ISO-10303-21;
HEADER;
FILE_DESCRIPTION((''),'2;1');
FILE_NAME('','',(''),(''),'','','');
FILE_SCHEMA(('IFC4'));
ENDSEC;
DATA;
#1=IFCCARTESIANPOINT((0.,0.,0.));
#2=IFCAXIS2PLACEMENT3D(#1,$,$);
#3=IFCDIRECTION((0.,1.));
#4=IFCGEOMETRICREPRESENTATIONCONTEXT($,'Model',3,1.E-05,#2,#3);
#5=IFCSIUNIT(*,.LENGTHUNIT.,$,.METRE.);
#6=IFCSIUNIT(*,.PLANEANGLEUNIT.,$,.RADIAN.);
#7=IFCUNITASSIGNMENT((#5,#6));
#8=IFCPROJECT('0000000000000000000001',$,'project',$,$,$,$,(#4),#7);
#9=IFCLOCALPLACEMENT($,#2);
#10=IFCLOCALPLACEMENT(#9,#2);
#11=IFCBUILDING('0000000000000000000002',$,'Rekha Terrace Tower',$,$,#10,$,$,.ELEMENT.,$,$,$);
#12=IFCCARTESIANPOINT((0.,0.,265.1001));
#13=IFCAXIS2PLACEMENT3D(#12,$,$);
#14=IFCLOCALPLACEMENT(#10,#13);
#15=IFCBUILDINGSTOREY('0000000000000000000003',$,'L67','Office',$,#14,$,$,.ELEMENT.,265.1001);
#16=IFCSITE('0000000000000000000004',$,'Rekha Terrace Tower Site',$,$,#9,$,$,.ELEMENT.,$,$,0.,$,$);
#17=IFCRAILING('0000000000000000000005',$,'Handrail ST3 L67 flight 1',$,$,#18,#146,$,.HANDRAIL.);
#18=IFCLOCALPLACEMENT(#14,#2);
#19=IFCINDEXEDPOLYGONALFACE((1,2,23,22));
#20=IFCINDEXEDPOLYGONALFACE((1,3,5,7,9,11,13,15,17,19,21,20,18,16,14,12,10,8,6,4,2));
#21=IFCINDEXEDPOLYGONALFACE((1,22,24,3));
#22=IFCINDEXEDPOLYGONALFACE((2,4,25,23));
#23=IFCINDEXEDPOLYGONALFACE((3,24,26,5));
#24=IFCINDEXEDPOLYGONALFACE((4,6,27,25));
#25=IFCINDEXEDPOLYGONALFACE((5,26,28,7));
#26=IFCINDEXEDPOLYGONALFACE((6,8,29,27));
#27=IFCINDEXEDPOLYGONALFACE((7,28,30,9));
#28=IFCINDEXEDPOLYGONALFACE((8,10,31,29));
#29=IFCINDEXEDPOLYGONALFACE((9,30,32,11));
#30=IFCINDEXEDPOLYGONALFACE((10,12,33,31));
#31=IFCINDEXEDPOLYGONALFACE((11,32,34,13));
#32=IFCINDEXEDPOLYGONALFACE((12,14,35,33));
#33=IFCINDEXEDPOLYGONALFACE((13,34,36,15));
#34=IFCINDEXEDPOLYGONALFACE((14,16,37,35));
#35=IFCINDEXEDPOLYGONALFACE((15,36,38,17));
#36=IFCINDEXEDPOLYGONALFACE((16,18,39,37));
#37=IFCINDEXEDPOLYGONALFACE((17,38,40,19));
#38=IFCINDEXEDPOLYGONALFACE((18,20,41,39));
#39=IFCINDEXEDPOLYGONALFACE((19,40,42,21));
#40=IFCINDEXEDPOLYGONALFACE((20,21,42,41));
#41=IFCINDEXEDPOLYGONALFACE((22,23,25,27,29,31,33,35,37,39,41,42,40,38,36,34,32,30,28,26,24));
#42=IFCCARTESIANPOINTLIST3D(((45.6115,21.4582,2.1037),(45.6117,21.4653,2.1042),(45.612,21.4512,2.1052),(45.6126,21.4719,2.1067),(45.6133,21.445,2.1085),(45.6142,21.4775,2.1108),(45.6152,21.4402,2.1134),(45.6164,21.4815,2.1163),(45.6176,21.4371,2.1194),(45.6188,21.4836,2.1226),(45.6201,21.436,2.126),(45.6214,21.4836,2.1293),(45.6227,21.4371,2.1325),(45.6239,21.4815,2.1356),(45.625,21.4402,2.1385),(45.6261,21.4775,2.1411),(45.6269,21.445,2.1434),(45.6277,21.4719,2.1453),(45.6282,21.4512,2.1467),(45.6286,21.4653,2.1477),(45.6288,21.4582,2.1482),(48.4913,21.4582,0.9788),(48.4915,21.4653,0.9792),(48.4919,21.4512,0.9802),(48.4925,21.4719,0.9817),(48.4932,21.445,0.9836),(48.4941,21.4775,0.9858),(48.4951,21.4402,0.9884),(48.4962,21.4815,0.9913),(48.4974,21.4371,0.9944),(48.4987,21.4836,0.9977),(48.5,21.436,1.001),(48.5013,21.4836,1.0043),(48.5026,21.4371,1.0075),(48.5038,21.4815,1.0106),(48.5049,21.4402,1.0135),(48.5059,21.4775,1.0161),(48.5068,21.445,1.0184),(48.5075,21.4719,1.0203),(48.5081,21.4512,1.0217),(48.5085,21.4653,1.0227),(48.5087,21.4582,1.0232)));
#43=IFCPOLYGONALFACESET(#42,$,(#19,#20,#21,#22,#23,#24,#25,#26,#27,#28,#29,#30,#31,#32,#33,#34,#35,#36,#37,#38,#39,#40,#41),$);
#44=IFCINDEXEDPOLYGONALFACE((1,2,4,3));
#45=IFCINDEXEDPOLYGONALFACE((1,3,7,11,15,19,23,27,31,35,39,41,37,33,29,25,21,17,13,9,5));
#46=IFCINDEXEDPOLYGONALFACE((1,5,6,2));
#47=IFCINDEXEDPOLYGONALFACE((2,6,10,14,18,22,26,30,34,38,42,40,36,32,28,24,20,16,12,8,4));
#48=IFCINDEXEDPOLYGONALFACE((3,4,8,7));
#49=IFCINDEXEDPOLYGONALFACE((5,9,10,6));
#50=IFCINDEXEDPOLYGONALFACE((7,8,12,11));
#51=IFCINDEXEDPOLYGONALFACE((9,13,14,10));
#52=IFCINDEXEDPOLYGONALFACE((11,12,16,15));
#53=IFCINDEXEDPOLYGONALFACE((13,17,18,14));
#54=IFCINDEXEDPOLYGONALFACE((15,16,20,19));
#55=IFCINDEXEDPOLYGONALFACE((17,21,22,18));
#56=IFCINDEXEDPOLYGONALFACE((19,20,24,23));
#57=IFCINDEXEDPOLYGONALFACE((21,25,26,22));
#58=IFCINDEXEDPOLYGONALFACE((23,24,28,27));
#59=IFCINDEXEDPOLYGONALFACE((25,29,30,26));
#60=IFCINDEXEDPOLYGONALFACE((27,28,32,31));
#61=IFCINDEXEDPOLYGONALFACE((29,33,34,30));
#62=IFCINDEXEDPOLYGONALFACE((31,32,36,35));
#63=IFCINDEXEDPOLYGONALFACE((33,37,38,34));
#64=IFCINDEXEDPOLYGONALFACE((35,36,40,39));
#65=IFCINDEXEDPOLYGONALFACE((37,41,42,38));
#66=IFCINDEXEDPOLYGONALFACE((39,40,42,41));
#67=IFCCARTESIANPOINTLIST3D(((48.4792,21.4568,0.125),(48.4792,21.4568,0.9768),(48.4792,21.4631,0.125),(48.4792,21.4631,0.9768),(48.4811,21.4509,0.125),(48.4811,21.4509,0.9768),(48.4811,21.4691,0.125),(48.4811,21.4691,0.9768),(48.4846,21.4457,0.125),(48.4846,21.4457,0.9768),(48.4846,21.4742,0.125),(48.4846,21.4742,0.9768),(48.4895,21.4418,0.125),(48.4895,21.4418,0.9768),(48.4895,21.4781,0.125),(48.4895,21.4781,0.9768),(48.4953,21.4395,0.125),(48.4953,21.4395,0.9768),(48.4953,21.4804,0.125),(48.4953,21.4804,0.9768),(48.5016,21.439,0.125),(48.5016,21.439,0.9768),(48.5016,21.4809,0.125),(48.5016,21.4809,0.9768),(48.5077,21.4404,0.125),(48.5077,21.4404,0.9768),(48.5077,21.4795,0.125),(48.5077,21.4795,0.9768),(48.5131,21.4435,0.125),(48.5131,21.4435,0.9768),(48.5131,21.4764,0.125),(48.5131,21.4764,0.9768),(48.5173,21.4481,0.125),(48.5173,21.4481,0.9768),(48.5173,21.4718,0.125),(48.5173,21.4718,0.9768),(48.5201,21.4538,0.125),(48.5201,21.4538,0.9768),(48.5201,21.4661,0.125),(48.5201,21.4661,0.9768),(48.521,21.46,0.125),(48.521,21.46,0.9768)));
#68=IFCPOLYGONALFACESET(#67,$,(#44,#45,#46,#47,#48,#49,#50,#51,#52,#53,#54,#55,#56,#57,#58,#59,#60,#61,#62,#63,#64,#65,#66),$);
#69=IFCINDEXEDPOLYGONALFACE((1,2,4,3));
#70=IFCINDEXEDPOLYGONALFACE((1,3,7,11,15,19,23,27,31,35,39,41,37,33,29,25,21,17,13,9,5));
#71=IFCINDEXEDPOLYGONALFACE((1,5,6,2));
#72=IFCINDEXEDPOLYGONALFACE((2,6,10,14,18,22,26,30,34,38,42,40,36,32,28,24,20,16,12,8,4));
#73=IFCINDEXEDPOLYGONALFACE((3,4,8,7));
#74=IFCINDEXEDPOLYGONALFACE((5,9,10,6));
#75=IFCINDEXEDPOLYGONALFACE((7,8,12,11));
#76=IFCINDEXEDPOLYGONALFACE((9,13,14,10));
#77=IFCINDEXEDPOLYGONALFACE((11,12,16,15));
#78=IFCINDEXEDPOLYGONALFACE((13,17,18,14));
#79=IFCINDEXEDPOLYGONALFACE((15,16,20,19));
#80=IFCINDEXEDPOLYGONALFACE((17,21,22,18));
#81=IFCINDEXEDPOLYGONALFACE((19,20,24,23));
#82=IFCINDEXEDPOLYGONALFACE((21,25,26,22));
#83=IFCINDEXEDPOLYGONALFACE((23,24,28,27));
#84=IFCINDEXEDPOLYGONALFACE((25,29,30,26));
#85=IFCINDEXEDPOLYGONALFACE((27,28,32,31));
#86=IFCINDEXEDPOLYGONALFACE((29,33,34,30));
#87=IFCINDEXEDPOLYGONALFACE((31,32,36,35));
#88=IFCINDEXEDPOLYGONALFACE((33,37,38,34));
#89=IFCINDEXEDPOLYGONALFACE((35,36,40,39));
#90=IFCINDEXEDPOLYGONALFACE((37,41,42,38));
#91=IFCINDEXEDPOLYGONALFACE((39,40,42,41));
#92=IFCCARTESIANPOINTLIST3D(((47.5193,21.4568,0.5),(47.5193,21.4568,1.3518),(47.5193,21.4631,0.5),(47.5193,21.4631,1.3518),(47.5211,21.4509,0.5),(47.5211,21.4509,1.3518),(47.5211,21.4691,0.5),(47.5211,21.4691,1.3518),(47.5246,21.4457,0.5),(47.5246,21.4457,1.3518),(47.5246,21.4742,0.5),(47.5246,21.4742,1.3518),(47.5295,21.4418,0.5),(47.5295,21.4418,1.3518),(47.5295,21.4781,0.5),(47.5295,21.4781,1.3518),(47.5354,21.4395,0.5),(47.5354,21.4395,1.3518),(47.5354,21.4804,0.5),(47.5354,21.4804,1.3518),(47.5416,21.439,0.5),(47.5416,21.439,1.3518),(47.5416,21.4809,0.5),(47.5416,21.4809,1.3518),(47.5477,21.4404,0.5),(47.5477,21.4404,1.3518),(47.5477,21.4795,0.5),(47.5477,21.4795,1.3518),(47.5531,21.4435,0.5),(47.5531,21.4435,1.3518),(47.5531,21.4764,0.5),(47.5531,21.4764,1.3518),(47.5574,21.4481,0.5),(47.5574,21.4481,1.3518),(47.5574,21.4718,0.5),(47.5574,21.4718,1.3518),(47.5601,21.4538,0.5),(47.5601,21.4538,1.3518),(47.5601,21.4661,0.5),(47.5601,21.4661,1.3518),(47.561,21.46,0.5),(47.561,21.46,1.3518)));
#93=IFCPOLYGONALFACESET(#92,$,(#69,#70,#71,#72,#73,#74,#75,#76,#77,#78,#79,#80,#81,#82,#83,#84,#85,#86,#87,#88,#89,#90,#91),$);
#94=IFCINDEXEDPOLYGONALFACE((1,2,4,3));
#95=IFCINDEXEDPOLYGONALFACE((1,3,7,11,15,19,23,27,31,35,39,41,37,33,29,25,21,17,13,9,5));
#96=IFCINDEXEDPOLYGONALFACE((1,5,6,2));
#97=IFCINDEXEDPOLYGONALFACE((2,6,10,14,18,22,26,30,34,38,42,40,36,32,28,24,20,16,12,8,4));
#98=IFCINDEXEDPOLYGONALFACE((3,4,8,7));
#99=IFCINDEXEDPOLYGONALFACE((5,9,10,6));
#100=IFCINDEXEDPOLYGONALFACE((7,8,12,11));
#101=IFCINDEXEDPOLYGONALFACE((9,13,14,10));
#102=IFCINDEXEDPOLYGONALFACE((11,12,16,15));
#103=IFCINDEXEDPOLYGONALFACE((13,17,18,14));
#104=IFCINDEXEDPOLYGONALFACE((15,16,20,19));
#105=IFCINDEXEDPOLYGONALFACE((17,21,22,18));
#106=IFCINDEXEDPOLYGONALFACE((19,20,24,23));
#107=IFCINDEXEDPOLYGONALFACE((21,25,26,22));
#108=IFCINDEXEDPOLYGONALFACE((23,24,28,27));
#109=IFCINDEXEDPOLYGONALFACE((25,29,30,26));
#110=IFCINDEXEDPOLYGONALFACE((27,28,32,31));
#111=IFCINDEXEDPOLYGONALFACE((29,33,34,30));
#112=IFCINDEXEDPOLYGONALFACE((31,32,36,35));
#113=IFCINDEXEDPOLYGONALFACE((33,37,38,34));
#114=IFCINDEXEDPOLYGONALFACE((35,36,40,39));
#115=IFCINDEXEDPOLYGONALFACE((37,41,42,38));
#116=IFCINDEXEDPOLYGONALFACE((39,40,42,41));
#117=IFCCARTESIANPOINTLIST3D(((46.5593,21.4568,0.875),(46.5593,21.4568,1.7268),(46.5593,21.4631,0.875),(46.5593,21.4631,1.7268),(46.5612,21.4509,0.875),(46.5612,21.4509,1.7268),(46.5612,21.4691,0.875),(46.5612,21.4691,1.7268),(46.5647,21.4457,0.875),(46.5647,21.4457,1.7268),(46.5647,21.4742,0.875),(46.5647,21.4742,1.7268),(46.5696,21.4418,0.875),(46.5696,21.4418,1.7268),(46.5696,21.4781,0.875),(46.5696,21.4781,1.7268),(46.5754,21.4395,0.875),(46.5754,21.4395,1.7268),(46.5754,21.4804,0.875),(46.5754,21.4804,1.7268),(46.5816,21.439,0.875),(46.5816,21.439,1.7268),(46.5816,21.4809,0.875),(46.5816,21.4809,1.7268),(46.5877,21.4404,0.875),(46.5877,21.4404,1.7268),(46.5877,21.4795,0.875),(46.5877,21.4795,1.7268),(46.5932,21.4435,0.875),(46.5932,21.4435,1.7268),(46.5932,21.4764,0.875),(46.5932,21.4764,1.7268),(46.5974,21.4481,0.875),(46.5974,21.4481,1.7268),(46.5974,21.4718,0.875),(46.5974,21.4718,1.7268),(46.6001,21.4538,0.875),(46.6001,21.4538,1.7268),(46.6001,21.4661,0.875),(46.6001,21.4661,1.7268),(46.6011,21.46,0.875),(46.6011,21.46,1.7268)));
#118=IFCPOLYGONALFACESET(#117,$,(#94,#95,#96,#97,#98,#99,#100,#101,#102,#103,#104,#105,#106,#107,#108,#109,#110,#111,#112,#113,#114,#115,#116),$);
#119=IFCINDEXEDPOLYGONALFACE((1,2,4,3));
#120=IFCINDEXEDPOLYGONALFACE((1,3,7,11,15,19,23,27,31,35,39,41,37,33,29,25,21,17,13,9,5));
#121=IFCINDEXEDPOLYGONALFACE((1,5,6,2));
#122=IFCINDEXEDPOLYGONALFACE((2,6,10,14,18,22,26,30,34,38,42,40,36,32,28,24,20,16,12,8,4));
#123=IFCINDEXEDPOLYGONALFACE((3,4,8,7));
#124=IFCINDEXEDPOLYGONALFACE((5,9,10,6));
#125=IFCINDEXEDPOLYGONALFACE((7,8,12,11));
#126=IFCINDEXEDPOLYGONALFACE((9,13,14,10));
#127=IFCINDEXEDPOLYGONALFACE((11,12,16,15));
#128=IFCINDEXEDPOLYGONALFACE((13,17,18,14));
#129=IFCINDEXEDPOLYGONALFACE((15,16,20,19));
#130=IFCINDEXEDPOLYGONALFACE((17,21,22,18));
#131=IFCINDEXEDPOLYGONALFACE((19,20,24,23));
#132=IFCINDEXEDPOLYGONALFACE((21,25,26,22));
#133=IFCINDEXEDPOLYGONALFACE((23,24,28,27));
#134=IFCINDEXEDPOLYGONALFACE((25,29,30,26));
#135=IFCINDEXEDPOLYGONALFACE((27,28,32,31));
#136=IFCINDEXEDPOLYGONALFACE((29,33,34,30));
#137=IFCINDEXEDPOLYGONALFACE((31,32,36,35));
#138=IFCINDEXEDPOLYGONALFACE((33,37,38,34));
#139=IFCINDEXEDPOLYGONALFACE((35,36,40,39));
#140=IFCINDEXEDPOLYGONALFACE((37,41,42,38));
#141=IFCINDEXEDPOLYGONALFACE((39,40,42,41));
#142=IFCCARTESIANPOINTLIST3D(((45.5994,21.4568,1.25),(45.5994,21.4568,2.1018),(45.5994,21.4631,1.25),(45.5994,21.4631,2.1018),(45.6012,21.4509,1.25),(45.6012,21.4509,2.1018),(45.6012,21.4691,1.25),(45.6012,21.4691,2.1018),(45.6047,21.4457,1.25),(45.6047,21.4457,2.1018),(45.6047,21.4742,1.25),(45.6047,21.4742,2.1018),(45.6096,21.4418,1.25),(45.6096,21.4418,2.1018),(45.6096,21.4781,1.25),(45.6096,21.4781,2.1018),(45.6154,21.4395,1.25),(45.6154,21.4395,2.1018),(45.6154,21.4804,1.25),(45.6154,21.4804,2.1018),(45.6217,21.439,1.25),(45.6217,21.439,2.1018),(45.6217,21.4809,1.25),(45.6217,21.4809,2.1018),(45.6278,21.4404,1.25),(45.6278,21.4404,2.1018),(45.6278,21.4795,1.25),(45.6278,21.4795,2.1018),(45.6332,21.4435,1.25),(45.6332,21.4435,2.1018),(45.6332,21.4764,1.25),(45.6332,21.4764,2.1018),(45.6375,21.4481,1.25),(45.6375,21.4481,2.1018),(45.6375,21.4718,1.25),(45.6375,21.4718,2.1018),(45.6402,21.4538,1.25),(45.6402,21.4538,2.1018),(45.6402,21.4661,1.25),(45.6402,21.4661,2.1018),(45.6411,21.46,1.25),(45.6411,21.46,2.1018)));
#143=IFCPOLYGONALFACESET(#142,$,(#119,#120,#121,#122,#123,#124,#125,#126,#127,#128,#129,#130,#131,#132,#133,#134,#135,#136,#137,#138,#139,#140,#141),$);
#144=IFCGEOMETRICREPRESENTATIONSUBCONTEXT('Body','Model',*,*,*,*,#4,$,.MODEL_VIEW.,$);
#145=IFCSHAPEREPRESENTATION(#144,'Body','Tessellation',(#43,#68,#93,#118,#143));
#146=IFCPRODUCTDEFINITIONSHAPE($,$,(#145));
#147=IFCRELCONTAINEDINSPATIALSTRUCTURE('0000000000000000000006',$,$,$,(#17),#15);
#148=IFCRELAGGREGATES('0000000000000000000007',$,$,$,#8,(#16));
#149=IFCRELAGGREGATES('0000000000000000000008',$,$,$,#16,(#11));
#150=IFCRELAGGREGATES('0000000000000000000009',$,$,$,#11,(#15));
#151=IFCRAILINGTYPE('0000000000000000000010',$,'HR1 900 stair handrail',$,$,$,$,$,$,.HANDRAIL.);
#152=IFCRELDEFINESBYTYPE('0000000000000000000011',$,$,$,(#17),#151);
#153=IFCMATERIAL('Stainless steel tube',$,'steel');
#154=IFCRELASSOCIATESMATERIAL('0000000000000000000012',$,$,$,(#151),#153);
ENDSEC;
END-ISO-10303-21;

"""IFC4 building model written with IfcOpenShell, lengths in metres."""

from ifc_helpers import new_model, si_unit, direction, frame, origin, origin_2d, place, context, subcontext, project, spatial, circle, extrude, material, type_object, element, save


model = new_model("IFC4")

# Units and contexts
model_context = context("Model", 3, precision=1e-05, world=origin(), true_north=direction((0.0, 1.0)))
body_context = subcontext(model_context, "Body", "Model", "MODEL_VIEW")
ifc_project = project(units=[si_unit("LENGTHUNIT", "METRE"), si_unit("PLANEANGLEUNIT", "RADIAN")], contexts=[model_context])

# Site, building, storey
site_placement = place(None, origin())
site = spatial("IfcSite", under=ifc_project, at=site_placement, Name="Rekha Terrace Tower Site", CompositionType="ELEMENT", RefElevation=0.0)
building_placement = place(site_placement, origin())
building = spatial("IfcBuilding", under=site, at=building_placement, Name="Rekha Terrace Tower", CompositionType="ELEMENT")
storey_placement = place(building_placement, frame((0.0, 0.0, 265.1001)))
storey = spatial("IfcBuildingStorey", under=building, at=storey_placement, Name="L67", Description="Office", CompositionType="ELEMENT", Elevation=265.1001)

# Railing
ifc_material_1 = material(Name="Stainless steel tube", Category="steel")
railing_type_1 = type_object("IfcRailingType", Name="HR1 900 stair handrail", PredefinedType="HANDRAIL", material=ifc_material_1)
railing_1_placement = place(storey_placement, frame((48.5, 21.46, 0.125)))
element("IfcRailing", 1, at=railing_1_placement, inside=storey, type_object=railing_type_1, Name="Handrail ST3 L67 flight 1", PredefinedType="HANDRAIL", context=body_context, shape_type="SweptSolid", body=[
    extrude(circle(Radius=0.0239, at=origin_2d()), frame((0.0, 0.0, 0.876), z_axis=(-0.931452, 0.0, 0.363863), x_axis=(0.0, -1.0, 0.0)), (0.0, 0.0, 1.0), 3.0918),
    extrude(circle(Radius=0.021, at=origin_2d()), origin(), (0.0, 0.0, 1.0), 0.8518),
    extrude(circle(Radius=0.021, at=origin_2d()), frame((-0.96, 0.0, 0.375)), (0.0, 0.0, 1.0), 0.8518),
    extrude(circle(Radius=0.021, at=origin_2d()), frame((-1.9199, 0.0, 0.75)), (0.0, 0.0, 1.0), 0.8518),
    extrude(circle(Radius=0.021, at=origin_2d()), frame((-2.8799, 0.0, 1.125)), (0.0, 0.0, 1.0), 0.8518),
])

save(model, "model.ifc")
